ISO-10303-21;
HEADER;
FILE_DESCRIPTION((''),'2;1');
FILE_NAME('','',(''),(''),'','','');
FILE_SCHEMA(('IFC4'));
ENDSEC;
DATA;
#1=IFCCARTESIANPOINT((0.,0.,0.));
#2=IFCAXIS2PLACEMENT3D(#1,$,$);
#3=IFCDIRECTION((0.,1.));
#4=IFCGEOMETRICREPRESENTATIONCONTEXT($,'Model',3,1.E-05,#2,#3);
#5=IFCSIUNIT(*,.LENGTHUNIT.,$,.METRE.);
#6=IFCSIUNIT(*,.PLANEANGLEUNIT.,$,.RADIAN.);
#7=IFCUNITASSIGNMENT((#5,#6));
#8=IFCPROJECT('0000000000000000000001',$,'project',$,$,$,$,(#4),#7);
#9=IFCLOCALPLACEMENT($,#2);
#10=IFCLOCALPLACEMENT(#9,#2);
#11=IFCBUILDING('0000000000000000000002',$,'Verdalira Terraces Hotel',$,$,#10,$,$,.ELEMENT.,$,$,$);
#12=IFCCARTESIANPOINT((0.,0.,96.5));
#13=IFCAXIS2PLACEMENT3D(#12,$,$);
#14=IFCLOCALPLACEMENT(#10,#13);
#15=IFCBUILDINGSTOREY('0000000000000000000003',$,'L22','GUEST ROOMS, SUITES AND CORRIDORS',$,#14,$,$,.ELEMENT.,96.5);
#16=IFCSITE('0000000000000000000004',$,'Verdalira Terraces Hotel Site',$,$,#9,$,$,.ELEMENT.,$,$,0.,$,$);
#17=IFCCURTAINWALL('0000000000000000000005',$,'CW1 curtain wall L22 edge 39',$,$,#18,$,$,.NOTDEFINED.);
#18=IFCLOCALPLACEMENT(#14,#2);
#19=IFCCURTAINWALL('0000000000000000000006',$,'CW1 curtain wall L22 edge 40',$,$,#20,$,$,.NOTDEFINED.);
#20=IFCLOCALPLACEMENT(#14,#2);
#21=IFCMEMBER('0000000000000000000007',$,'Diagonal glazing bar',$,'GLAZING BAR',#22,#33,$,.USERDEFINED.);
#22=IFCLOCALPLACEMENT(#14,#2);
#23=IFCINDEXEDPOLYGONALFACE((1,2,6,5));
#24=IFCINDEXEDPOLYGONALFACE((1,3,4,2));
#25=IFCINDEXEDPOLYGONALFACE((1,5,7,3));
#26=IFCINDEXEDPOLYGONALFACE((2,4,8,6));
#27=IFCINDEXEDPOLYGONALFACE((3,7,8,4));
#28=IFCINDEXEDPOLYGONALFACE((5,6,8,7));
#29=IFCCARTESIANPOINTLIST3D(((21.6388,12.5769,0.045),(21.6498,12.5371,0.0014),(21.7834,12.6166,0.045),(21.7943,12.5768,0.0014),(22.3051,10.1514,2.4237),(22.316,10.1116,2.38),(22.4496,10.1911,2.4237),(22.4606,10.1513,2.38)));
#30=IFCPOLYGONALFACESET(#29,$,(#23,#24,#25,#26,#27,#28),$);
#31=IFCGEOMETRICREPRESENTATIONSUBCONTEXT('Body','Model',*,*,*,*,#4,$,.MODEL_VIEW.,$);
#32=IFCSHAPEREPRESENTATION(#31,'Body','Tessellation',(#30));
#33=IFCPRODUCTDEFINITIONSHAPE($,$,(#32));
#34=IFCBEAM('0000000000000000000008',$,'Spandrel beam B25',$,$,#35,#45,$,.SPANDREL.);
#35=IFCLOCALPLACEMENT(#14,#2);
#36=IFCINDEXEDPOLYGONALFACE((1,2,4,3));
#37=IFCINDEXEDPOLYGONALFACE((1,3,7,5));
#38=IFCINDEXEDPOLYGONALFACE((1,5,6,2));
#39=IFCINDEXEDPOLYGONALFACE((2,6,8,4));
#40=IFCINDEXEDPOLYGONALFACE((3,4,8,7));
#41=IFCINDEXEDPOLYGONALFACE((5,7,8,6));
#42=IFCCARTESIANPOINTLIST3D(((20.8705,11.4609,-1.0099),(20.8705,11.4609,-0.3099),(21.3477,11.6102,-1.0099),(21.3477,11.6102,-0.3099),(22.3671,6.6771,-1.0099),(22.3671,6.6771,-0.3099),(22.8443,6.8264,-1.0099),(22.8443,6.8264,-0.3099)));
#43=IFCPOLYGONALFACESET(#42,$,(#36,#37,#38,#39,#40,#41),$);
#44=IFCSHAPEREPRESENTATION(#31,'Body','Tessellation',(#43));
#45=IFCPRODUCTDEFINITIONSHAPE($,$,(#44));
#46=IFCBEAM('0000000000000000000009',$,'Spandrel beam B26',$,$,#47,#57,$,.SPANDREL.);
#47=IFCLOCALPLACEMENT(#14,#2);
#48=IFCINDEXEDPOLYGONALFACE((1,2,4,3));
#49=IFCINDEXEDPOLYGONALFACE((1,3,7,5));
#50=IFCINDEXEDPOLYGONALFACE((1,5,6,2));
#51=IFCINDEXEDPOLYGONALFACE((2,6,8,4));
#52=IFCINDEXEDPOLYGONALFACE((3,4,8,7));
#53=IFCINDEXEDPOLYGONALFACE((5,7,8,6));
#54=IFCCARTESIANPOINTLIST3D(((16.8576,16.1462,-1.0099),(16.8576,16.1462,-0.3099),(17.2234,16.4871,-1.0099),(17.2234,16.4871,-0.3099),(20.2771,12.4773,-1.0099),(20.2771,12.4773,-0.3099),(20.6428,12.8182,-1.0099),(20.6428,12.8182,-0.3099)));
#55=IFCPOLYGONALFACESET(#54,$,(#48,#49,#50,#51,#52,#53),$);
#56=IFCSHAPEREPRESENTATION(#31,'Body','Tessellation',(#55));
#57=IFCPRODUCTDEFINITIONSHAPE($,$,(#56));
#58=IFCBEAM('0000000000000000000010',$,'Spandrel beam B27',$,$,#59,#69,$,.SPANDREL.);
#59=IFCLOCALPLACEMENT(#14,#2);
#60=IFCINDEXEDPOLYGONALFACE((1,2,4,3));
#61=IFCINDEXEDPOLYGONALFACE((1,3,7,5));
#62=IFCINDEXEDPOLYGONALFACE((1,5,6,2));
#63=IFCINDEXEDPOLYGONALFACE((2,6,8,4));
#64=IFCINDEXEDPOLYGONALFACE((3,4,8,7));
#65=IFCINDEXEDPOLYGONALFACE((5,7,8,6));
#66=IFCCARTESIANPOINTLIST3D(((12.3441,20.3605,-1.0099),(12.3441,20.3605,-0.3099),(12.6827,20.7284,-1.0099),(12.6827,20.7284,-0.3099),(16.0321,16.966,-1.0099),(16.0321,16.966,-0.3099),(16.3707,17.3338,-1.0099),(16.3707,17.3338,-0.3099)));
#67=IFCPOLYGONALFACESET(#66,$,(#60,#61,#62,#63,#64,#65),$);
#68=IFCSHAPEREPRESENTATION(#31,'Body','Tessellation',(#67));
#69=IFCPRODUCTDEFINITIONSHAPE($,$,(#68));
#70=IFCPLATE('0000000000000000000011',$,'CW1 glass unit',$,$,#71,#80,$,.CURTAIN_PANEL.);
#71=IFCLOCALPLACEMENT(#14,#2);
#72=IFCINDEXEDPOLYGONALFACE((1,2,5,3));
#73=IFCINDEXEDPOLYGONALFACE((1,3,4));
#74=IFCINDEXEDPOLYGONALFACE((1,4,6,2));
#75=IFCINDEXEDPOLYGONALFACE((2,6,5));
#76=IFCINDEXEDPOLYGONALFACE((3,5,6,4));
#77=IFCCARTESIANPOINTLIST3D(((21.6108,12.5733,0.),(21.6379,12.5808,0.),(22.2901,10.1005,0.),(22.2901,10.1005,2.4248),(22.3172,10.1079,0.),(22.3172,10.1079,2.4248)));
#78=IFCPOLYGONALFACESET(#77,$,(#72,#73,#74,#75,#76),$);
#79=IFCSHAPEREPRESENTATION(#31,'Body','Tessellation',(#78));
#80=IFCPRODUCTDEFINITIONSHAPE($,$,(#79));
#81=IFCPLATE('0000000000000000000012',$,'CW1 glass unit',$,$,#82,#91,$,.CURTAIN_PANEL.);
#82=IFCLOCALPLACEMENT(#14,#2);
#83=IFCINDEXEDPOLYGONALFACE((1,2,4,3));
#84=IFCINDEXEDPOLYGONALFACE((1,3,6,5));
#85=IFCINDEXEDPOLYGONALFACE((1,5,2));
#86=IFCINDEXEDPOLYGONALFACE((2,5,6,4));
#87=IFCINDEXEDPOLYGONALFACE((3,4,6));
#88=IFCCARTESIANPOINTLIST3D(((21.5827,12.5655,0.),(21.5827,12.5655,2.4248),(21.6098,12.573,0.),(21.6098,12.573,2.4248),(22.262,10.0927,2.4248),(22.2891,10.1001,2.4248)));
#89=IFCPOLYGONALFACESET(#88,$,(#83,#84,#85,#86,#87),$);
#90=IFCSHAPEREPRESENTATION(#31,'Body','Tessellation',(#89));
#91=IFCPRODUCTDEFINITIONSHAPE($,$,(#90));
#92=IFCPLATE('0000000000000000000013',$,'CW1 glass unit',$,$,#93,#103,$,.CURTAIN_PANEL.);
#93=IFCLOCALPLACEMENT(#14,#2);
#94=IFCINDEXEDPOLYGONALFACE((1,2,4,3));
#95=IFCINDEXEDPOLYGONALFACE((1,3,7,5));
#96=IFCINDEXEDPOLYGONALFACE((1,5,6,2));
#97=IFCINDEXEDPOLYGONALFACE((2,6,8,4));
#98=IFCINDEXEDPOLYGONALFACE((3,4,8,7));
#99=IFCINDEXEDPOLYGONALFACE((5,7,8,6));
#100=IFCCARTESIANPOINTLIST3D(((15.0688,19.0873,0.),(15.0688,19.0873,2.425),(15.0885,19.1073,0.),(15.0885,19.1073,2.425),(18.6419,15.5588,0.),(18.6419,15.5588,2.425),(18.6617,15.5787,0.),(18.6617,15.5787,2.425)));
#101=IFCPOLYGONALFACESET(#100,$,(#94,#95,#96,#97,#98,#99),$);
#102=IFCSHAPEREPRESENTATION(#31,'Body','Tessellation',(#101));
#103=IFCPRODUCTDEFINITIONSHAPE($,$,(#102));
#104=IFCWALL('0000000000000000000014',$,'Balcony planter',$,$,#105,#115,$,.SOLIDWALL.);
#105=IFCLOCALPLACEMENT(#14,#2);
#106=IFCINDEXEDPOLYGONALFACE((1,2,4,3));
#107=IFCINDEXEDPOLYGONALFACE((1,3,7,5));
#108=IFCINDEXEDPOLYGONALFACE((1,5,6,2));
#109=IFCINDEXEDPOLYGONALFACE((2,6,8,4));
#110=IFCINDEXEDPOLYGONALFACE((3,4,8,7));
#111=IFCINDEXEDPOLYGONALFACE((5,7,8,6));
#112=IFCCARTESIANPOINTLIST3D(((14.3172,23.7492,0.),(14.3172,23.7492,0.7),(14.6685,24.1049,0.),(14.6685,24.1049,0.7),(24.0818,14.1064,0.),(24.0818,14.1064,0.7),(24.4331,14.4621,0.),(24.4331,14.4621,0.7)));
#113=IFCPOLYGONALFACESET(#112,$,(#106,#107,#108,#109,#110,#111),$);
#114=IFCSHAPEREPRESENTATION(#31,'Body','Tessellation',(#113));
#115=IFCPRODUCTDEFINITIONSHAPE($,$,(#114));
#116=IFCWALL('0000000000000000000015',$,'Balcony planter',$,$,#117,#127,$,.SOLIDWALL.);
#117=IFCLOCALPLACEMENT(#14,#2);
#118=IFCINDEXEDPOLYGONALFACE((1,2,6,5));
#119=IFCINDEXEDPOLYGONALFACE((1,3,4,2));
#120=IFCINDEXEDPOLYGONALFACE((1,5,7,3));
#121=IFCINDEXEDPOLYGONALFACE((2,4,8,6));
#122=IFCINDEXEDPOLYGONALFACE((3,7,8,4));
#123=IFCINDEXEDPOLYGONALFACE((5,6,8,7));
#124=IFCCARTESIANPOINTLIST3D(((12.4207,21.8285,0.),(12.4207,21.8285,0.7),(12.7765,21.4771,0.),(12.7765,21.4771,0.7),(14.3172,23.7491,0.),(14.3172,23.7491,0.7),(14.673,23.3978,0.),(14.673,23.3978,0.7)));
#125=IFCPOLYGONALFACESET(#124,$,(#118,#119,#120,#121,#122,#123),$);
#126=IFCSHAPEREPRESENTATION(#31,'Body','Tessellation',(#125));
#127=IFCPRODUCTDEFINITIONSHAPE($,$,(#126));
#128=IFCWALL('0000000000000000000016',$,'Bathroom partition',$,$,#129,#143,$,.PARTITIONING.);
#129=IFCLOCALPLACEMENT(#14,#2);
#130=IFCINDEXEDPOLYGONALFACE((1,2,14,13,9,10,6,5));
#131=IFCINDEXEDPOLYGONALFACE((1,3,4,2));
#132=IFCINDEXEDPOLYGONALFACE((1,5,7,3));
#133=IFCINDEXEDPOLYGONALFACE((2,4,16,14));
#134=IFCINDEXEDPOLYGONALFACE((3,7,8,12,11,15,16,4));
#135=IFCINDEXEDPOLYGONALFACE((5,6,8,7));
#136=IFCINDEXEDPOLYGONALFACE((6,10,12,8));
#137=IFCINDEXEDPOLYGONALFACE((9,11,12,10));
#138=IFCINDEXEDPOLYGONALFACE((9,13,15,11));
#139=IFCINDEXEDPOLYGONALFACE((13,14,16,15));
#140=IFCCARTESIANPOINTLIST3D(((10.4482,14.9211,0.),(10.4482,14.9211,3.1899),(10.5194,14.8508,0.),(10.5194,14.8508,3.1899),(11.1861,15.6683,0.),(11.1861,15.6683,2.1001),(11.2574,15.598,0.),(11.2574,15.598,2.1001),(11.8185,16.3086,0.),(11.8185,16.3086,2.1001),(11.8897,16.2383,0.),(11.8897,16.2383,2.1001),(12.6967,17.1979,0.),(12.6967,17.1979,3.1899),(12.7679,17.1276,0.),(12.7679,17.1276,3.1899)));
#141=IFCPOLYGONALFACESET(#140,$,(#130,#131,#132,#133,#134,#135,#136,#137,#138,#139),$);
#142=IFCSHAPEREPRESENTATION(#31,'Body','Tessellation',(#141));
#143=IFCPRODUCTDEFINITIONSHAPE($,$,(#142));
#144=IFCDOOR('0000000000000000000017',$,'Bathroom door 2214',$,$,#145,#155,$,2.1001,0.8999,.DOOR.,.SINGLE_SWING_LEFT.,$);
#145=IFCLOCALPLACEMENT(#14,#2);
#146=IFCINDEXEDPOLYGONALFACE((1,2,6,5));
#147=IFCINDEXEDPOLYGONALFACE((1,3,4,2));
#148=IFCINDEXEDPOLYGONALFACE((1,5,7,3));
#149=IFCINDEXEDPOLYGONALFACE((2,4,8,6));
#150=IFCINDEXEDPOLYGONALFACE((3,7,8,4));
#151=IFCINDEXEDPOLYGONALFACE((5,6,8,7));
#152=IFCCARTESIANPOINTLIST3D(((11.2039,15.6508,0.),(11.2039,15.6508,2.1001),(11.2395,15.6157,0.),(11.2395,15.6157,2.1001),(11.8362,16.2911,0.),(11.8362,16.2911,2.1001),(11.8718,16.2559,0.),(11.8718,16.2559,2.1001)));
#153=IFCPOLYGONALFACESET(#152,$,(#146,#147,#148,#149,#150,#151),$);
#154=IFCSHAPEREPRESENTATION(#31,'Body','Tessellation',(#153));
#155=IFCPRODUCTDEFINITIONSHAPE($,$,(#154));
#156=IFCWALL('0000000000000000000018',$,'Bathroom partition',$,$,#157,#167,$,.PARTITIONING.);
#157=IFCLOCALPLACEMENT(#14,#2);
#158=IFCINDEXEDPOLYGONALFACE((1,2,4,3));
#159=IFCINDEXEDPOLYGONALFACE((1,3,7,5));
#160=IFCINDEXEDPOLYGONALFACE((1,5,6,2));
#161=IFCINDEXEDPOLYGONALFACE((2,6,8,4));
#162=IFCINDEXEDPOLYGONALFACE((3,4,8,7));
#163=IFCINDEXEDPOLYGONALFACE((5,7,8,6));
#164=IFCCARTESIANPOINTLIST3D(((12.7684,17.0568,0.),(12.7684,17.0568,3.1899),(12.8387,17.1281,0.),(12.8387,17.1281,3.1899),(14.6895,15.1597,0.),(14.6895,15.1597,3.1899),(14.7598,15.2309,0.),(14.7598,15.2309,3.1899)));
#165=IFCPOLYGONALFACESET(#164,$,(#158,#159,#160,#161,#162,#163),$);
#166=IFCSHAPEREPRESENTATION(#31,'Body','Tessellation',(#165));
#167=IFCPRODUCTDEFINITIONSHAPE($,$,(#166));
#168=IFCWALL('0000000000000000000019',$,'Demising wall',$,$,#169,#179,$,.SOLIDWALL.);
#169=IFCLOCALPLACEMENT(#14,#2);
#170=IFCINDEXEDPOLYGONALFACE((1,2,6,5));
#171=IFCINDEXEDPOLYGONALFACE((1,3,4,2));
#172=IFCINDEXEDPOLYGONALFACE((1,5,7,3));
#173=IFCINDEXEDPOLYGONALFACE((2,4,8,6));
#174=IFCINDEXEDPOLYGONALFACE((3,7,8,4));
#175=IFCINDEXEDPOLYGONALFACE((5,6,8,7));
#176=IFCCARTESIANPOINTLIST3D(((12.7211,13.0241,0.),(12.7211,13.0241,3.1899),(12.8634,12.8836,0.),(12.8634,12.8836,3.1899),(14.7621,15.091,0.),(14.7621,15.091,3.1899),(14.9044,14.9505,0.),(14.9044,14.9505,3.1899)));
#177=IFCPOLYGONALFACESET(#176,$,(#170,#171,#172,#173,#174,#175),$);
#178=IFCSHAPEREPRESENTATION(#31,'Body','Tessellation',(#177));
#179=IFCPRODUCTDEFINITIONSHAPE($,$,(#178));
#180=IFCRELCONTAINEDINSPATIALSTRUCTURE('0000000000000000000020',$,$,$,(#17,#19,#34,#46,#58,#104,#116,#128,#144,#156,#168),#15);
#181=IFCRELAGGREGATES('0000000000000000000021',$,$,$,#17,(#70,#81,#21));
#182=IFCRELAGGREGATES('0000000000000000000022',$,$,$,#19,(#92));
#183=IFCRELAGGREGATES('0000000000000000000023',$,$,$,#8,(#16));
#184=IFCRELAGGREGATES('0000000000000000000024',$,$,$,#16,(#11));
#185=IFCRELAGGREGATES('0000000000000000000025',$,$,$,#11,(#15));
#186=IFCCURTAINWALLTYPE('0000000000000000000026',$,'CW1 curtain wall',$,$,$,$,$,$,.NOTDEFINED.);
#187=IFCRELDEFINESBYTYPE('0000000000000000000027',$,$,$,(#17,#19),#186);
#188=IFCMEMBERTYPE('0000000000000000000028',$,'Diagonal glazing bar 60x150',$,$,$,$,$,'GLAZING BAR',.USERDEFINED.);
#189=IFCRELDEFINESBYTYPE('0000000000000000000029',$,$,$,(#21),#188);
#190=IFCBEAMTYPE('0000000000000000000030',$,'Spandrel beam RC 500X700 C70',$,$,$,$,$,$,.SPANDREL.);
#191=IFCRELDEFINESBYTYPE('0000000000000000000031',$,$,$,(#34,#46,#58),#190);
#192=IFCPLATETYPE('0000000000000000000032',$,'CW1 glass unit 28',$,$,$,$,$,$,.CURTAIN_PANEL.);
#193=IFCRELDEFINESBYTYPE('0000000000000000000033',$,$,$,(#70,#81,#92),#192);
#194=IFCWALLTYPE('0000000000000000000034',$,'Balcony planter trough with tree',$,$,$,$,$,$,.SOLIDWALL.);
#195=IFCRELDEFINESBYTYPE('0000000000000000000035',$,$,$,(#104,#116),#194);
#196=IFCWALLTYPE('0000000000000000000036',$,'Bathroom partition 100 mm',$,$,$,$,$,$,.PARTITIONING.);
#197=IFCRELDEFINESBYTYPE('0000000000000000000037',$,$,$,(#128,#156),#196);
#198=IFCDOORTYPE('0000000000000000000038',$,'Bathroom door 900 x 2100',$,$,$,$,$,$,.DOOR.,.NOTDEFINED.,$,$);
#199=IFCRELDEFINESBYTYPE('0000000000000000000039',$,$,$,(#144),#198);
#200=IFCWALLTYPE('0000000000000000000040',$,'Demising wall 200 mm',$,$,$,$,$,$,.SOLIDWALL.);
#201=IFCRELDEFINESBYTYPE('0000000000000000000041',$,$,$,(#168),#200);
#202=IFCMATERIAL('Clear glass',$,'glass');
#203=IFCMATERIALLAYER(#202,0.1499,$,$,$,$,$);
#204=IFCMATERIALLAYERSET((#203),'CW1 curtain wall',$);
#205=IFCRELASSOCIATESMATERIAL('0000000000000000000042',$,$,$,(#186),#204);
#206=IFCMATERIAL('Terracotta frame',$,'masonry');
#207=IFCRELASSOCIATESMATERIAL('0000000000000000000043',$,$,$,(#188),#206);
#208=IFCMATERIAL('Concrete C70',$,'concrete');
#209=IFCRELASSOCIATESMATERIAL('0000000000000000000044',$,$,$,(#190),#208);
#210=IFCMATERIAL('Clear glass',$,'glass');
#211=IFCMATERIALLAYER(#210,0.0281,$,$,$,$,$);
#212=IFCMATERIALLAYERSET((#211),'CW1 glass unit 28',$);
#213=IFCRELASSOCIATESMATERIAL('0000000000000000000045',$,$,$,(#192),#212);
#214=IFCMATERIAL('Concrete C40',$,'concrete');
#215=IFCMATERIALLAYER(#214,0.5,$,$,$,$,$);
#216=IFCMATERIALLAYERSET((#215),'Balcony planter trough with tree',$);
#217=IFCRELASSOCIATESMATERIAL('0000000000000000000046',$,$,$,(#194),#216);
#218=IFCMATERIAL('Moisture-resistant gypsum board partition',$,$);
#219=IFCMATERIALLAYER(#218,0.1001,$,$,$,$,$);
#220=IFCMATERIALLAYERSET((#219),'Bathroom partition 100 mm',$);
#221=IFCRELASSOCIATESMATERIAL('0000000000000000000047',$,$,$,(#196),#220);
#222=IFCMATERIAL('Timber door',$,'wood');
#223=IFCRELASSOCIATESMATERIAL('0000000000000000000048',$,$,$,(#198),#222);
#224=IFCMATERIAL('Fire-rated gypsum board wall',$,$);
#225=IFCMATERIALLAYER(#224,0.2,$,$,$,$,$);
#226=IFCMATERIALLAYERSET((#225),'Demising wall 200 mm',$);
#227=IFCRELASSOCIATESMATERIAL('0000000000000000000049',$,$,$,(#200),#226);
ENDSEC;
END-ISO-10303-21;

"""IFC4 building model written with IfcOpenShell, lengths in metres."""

from ifc_helpers import new_model, si_unit, direction, frame, frame_2d, origin, origin_2d, place, context, subcontext, project, spatial, polyline, rectangle, outline, extrude, material, layer, layer_set, material_profile, profile_set, type_object, element, fill, aggregate, save


model = new_model("IFC4")

# Units and contexts
model_context = context("Model", 3, precision=1e-05, world=origin(), true_north=direction((0.0, 1.0)))
body_context = subcontext(model_context, "Body", "Model", "MODEL_VIEW")
ifc_project = project(units=[si_unit("LENGTHUNIT", "METRE"), si_unit("PLANEANGLEUNIT", "RADIAN")], contexts=[model_context])

# Site, building, storey
site_placement = place(None, origin())
site = spatial("IfcSite", under=ifc_project, at=site_placement, Name="Verdalira Terraces Hotel Site", CompositionType="ELEMENT", RefElevation=0.0)
building_placement = place(site_placement, origin())
building = spatial("IfcBuilding", under=site, at=building_placement, Name="Verdalira Terraces Hotel", CompositionType="ELEMENT")
storey_placement = place(building_placement, frame((0.0, 0.0, 96.5)))
storey = spatial("IfcBuildingStorey", under=building, at=storey_placement, Name="L22", Description="GUEST ROOMS, SUITES AND CORRIDORS", CompositionType="ELEMENT", Elevation=96.5)

# Curtain wall
ifc_material_1 = material(Name="Clear glass", Category="glass")
ifc_layer_1 = layer(ifc_material_1, 0.1499)
ifc_layer_set_1 = layer_set([ifc_layer_1], Name="CW1 curtain wall")
curtain_wall_type = type_object("IfcCurtainWallType", Name="CW1 curtain wall", PredefinedType="NOTDEFINED", material=ifc_layer_set_1)
curtain_wall_1_placement = place(storey_placement, origin())
curtain_wall_1 = element("IfcCurtainWall", 1, at=curtain_wall_1_placement, inside=storey, type_object=curtain_wall_type, Name="CW1 curtain wall L22 edge 39", PredefinedType="NOTDEFINED")

# Curtain wall
curtain_wall_2_placement = place(storey_placement, origin())
curtain_wall_2 = element("IfcCurtainWall", 2, at=curtain_wall_2_placement, inside=storey, type_object=curtain_wall_type, Name="CW1 curtain wall L22 edge 40", PredefinedType="NOTDEFINED")

# Member
ifc_material_2 = material(Name="Terracotta frame", Category="masonry")
ifc_material_profile_1 = material_profile(ifc_material_2, rectangle(XDim=0.1499, YDim=0.0601, at=origin_2d()), Name="GB 60x150")
ifc_profile_set_1 = profile_set([ifc_material_profile_1], Name="Terracotta frame")
member_type_1 = type_object("IfcMemberType", Name="Diagonal glazing bar 60x150", ElementType="GLAZING BAR", PredefinedType="USERDEFINED", material=ifc_profile_set_1)
member_1_placement = place(storey_placement, frame((22.3828, 10.1514, 2.4019), z_axis=(-0.192452, 0.700625, -0.687085), x_axis=(-0.964283, -0.264874, 0.0)))
member_1 = element("IfcMember", 3, at=member_1_placement, type_object=member_type_1, Name="Diagonal glazing bar", ObjectType="GLAZING BAR", PredefinedType="USERDEFINED", context=body_context, shape_type="SweptSolid", body=[
    extrude(rectangle(XDim=0.1499, YDim=0.0601, at=origin_2d()), origin(), (0.0, 0.0, 1.0), 3.4619),
])

# Beams
ifc_material_3 = material(Name="Concrete C70", Category="concrete")
ifc_material_profile_2 = material_profile(ifc_material_3, rectangle(XDim=0.5, YDim=0.7, at=origin_2d()), Name="RC 500X700")
ifc_profile_set_2 = profile_set([ifc_material_profile_2], Name="Concrete C70")
beam_type_1 = type_object("IfcBeamType", Name="Spandrel beam RC 500X700 C70", PredefinedType="SPANDREL", material=ifc_profile_set_2)
beam_1_placement = place(storey_placement, frame((22.6057, 6.7517, -0.6599), z_axis=(-0.29858, 0.954385, 0.0), x_axis=(-0.954385, -0.29858, 0.0)))
element("IfcBeam", 4, at=beam_1_placement, inside=storey, type_object=beam_type_1, Name="Spandrel beam B25", PredefinedType="SPANDREL", context=body_context, shape_type="SweptSolid", body=[
    extrude(rectangle(XDim=0.5, YDim=0.7, at=origin_2d()), origin(), (0.0, 0.0, 1.0), 5.0125),
])
beam_2_placement = place(storey_placement, frame((20.46, 12.6477, -0.6599), z_axis=(-0.681794, 0.731544, 0.0), x_axis=(-0.731544, -0.681794, 0.0)))
element("IfcBeam", 5, at=beam_2_placement, inside=storey, type_object=beam_type_1, Name="Spandrel beam B26", PredefinedType="SPANDREL", context=body_context, shape_type="SweptSolid", body=[
    extrude(rectangle(XDim=0.5, YDim=0.7, at=origin_2d()), origin(), (0.0, 0.0, 1.0), 5.0154),
])
beam_3_placement = place(storey_placement, frame((16.2014, 17.1499, -0.6599), z_axis=(-0.735774, 0.677227, 0.0), x_axis=(-0.677227, -0.735774, 0.0)))
element("IfcBeam", 6, at=beam_3_placement, inside=storey, type_object=beam_type_1, Name="Spandrel beam B27", PredefinedType="SPANDREL", context=body_context, shape_type="SweptSolid", body=[
    extrude(rectangle(XDim=0.5, YDim=0.7, at=origin_2d()), origin(), (0.0, 0.0, 1.0), 5.0125),
])

# Plates
ifc_material_4 = material(Name="Clear glass", Category="glass")
ifc_layer_2 = layer(ifc_material_4, 0.0281)
ifc_layer_set_2 = layer_set([ifc_layer_2], Name="CW1 glass unit 28")
plate_type = type_object("IfcPlateType", Name="CW1 glass unit 28", PredefinedType="CURTAIN_PANEL", material=ifc_layer_set_2)
plate_1_placement = place(storey_placement, frame((21.9504, 11.3369, 1.2124), z_axis=(0.964281, 0.264883, 0.0), x_axis=(-0.264883, 0.964281, 0.0)))
plate_1 = element("IfcPlate", 7, at=plate_1_placement, type_object=plate_type, Name="CW1 glass unit", PredefinedType="CURTAIN_PANEL", context=body_context, shape_type="SweptSolid", body=[
    extrude(outline(polyline([(-1.2822, -1.2124), (1.2822, -1.2124), (-1.2822, 1.2124), (-1.2822, -1.2124)])), origin(), (0.0, 0.0, 1.0), 0.0281),
])
plate_2_placement = place(storey_placement, frame((21.9224, 11.3291, 1.2124), z_axis=(0.964281, 0.264883, 0.0), x_axis=(-0.264883, 0.964281, 0.0)))
plate_2 = element("IfcPlate", 8, at=plate_2_placement, type_object=plate_type, Name="CW1 glass unit", PredefinedType="CURTAIN_PANEL", context=body_context, shape_type="SweptSolid", body=[
    extrude(outline(polyline([(1.2822, -1.2124), (1.2822, 1.2124), (-1.2822, 1.2124), (1.2822, -1.2124)])), origin(), (0.0, 0.0, 1.0), 0.0281),
])
aggregate(curtain_wall_1, [plate_1, plate_2, member_1])
plate_3_placement = place(storey_placement, frame((16.8652, 17.333, 0.0), z_axis=(0.0, 0.0, 1.0), x_axis=(-0.711536, 0.70265, 0.0)))
plate_3 = element("IfcPlate", 9, at=plate_3_placement, type_object=plate_type, Name="CW1 glass unit", PredefinedType="CURTAIN_PANEL", context=body_context, shape_type="SweptSolid", body=[
    extrude(rectangle(XDim=5.0217, YDim=0.0281, at=origin_2d()), origin(), (0.0, 0.0, 1.0), 2.425),
])
aggregate(curtain_wall_2, [plate_3])

# Walls
ifc_material_5 = material(Name="Concrete C40", Category="concrete")
ifc_layer_3 = layer(ifc_material_5, 0.5)
ifc_layer_set_3 = layer_set([ifc_layer_3], Name="Balcony planter trough with tree")
wall_type_1 = type_object("IfcWallType", Name="Balcony planter trough with tree", PredefinedType="SOLIDWALL", material=ifc_layer_set_3)
wall_1_placement = place(storey_placement, frame((24.2576, 14.2842, 0.0), z_axis=(0.0, 0.0, 1.0), x_axis=(-0.711531, 0.702654, 0.0)))
element("IfcWall", 10, at=wall_1_placement, inside=storey, type_object=wall_type_1, Name="Balcony planter", PredefinedType="SOLIDWALL", context=body_context, shape_type="SweptSolid", body=[
    extrude(rectangle(XDim=13.7234, YDim=0.5, at=frame_2d((6.8618, 0.0))), origin(), (0.0, 0.0, 1.0), 0.7),
])
wall_2_placement = place(storey_placement, frame((14.4951, 23.5735, 0.0), z_axis=(0.0, 0.0, 1.0), x_axis=(-0.702615, -0.71157, 0.0)))
element("IfcWall", 11, at=wall_2_placement, inside=storey, type_object=wall_type_1, Name="Balcony planter", PredefinedType="SOLIDWALL", context=body_context, shape_type="SweptSolid", body=[
    extrude(rectangle(XDim=2.6992, YDim=0.5, at=frame_2d((1.3496, 0.0))), origin(), (0.0, 0.0, 1.0), 0.7),
])

# Wall, opening, door
ifc_material_6 = material(Name="Moisture-resistant gypsum board partition")
ifc_layer_4 = layer(ifc_material_6, 0.1001)
ifc_layer_set_4 = layer_set([ifc_layer_4], Name="Bathroom partition 100 mm")
wall_type_2 = type_object("IfcWallType", Name="Bathroom partition 100 mm", PredefinedType="PARTITIONING", material=ifc_layer_set_4)
wall_3_placement = place(storey_placement, frame((12.7324, 17.1628, 0.0), z_axis=(0.0, 0.0, 1.0), x_axis=(-0.702668, -0.711518, 0.0)))
wall_3 = element("IfcWall", 12, at=wall_3_placement, inside=storey, type_object=wall_type_2, Name="Bathroom partition", PredefinedType="PARTITIONING", context=body_context, shape_type="SweptSolid", body=[
    extrude(rectangle(XDim=3.2, YDim=0.1001, at=frame_2d((1.6001, 0.0))), origin(), (0.0, 0.0, 1.0), 3.1899),
])
opening_1_placement = place(wall_3_placement, frame((1.25, 0.0, 0.0)))
opening_1 = element("IfcOpeningElement", 13, at=opening_1_placement, cuts=wall_3, PredefinedType="OPENING", context=body_context, shape_type="SweptSolid", body=[
    extrude(rectangle(XDim=0.8999, YDim=2.1001, at=frame_2d((0.45, 1.05))), frame((0.0, 0.0601, 0.0), z_axis=(0.0, -1.0, 0.0), x_axis=(1.0, 0.0, 0.0)), (0.0, 0.0, 1.0), 0.1201),
])
ifc_material_7 = material(Name="Timber door", Category="wood")
door_type_1 = type_object("IfcDoorType", Name="Bathroom door 900 x 2100", OperationType="NOTDEFINED", PredefinedType="DOOR", material=ifc_material_7)
door_1_placement = place(opening_1_placement, origin())
door_1 = element("IfcDoor", 14, at=door_1_placement, inside=storey, type_object=door_type_1, Name="Bathroom door 2214", OperationType="SINGLE_SWING_LEFT", OverallHeight=2.1001, OverallWidth=0.8999, PredefinedType="DOOR", context=body_context, shape_type="SweptSolid", body=[
    extrude(rectangle(XDim=0.8999, YDim=2.1001, at=frame_2d((0.45, 1.05))), frame((0.0, 0.0249, 0.0), z_axis=(0.0, -1.0, 0.0), x_axis=(1.0, 0.0, 0.0)), (0.0, 0.0, 1.0), 0.05),
])
fill(opening_1, door_1)

# Walls
wall_4_placement = place(storey_placement, frame((12.8035, 17.0925, 0.0), z_axis=(0.0, 0.0, 1.0), x_axis=(0.711524, -0.702662, 0.0)))
element("IfcWall", 15, at=wall_4_placement, inside=storey, type_object=wall_type_2, Name="Bathroom partition", PredefinedType="PARTITIONING", context=body_context, shape_type="SweptSolid", body=[
    extrude(rectangle(XDim=2.7, YDim=0.1001, at=frame_2d((1.3501, 0.0))), origin(), (0.0, 0.0, 1.0), 3.1899),
])
ifc_material_8 = material(Name="Fire-rated gypsum board wall")
ifc_layer_5 = layer(ifc_material_8, 0.2)
ifc_layer_set_5 = layer_set([ifc_layer_5], Name="Demising wall 200 mm")
wall_type_3 = type_object("IfcWallType", Name="Demising wall 200 mm", PredefinedType="SOLIDWALL", material=ifc_layer_set_5)
wall_5_placement = place(storey_placement, frame((12.7922, 12.9539, 0.0), z_axis=(0.0, 0.0, 1.0), x_axis=(0.702638, 0.711547, 0.0)))
element("IfcWall", 16, at=wall_5_placement, inside=storey, type_object=wall_type_3, Name="Demising wall", PredefinedType="SOLIDWALL", context=body_context, shape_type="SweptSolid", body=[
    extrude(rectangle(XDim=2.9048, YDim=0.2, at=frame_2d((1.4524, 0.0))), origin(), (0.0, 0.0, 1.0), 3.1899),
])

save(model, "model.ifc")
